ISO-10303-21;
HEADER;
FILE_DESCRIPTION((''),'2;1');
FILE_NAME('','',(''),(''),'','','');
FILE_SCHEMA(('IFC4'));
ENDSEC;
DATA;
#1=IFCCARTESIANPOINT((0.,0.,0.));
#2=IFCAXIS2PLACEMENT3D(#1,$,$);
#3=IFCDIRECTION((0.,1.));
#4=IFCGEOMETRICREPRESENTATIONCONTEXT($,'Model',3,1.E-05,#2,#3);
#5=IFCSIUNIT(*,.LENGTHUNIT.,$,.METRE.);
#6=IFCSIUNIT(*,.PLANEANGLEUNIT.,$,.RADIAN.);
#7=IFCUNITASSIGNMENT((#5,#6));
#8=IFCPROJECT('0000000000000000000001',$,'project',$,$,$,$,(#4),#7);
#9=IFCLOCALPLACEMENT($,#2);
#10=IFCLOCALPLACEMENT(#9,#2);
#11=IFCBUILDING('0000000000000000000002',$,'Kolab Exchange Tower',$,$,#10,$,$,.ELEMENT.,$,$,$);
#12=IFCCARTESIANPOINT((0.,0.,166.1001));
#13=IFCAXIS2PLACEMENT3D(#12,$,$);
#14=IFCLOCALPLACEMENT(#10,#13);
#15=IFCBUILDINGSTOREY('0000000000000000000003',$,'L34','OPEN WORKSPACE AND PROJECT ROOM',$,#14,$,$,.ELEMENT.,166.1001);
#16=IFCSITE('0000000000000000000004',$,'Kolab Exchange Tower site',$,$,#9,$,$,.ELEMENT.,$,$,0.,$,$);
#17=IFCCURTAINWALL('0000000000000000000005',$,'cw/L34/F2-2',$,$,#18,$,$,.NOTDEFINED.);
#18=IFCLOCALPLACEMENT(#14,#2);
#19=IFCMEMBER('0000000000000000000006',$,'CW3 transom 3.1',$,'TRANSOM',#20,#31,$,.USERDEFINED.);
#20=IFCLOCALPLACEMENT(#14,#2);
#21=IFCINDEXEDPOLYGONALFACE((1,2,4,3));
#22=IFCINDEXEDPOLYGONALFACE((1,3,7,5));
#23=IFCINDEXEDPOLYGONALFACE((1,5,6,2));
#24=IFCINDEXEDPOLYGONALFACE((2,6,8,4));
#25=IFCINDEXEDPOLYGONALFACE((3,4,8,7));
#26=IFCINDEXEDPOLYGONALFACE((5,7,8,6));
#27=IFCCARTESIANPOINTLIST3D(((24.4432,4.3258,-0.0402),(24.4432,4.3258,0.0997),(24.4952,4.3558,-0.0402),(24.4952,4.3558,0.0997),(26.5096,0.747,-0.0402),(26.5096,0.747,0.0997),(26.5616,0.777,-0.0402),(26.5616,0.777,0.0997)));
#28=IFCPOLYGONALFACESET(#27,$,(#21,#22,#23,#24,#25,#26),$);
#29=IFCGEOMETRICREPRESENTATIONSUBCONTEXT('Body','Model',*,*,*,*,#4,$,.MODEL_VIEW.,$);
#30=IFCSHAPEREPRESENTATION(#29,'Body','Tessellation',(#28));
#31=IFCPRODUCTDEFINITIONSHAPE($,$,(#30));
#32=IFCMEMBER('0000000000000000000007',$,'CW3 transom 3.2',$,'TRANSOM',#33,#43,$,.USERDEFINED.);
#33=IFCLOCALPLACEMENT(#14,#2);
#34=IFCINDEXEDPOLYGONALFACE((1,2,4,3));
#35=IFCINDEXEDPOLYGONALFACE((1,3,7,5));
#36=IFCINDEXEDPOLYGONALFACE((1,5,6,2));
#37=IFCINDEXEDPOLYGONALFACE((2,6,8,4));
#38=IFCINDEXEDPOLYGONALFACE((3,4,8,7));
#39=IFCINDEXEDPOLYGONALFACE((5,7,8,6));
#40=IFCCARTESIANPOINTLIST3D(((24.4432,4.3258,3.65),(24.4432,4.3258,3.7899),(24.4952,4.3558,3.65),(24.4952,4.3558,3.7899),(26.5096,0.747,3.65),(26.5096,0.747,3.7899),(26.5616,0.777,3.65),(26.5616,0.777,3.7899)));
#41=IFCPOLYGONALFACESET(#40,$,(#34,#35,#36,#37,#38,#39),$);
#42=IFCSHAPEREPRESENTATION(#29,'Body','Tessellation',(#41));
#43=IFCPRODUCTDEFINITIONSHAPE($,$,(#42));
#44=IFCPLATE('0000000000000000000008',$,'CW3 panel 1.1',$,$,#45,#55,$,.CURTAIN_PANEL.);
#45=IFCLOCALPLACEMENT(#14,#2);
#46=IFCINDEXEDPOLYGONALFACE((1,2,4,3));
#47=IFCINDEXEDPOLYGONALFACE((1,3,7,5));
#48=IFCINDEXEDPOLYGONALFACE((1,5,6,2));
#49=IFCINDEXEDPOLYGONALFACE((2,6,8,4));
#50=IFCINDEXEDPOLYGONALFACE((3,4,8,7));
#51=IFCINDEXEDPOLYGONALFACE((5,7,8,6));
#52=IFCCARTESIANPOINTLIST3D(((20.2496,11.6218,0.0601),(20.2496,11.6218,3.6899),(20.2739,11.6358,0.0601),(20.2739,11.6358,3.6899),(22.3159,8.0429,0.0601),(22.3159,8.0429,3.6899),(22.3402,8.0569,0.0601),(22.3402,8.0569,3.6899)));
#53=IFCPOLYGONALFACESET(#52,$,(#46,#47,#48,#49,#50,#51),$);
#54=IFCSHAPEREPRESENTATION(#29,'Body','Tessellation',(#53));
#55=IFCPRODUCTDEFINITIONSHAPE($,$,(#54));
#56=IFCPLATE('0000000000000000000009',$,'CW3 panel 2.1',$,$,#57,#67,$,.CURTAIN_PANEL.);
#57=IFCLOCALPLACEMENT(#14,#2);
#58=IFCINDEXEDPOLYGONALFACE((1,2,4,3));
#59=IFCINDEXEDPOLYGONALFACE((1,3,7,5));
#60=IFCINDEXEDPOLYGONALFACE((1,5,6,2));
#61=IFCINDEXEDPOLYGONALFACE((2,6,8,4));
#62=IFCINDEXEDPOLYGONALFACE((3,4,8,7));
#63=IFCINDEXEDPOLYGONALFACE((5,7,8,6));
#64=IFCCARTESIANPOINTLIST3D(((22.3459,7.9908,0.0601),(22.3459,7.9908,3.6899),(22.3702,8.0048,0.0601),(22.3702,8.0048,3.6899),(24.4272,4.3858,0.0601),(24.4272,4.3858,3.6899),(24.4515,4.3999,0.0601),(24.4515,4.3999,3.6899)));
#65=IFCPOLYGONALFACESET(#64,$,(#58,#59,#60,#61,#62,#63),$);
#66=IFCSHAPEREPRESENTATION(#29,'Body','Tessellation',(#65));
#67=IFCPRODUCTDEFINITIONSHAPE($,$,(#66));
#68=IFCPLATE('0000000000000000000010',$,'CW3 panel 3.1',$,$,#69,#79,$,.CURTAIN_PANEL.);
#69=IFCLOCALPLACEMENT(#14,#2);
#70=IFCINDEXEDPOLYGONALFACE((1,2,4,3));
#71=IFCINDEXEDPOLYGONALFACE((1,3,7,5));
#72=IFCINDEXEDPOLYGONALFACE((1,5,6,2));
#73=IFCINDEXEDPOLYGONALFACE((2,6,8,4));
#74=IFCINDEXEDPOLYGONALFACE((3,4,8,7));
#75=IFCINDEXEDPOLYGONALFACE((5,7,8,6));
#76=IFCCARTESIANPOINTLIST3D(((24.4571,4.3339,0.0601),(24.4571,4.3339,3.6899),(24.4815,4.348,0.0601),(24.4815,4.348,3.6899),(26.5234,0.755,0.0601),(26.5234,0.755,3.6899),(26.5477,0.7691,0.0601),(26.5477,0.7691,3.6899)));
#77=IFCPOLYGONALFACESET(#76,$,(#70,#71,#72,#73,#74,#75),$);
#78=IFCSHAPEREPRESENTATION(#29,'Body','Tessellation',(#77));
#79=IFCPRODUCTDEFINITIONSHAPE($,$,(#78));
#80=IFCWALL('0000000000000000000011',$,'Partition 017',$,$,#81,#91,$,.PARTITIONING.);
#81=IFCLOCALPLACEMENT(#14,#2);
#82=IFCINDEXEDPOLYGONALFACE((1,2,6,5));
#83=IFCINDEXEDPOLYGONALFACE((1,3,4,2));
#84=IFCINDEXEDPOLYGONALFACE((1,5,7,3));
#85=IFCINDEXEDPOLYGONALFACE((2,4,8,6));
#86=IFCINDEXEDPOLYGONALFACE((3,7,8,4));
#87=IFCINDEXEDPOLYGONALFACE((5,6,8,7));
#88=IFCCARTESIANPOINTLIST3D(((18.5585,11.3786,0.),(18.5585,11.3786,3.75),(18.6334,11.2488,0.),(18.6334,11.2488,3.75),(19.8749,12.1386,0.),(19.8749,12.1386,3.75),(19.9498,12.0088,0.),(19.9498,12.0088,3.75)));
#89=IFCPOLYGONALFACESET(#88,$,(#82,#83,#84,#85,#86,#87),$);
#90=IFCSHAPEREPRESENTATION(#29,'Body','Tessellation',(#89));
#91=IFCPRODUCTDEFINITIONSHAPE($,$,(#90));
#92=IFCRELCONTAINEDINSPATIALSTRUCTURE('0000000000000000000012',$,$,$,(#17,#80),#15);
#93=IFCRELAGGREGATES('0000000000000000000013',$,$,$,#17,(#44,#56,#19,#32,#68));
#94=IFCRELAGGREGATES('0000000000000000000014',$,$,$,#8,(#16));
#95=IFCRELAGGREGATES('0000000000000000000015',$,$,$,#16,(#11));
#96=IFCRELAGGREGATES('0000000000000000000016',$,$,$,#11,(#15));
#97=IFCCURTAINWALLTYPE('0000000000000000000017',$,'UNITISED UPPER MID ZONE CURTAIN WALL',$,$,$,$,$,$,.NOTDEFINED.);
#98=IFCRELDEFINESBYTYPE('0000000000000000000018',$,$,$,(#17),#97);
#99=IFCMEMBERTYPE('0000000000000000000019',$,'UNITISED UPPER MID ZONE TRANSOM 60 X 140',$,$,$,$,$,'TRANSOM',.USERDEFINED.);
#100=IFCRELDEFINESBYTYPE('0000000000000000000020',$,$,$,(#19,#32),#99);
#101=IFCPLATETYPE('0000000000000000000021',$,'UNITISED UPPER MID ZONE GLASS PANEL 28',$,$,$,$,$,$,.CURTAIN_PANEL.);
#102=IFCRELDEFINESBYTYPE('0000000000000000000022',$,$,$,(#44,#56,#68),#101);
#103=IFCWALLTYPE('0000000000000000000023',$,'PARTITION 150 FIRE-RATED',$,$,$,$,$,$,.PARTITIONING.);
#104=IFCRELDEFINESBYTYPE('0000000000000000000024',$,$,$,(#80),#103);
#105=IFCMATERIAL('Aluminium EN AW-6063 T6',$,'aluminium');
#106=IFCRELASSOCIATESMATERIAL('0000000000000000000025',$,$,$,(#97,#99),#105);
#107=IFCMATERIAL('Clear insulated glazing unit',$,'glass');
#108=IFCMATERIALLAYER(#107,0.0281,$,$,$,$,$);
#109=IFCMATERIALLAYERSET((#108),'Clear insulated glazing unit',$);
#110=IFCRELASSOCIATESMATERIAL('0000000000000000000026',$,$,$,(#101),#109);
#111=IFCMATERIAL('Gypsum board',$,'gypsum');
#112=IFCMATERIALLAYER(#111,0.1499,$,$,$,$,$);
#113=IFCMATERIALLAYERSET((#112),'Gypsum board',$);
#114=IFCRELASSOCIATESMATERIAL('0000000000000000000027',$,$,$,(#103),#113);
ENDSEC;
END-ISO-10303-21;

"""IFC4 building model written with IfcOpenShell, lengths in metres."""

from ifc_helpers import new_model, si_unit, direction, frame, frame_2d, origin, origin_2d, place, context, subcontext, project, spatial, rectangle, extrude, material, layer, layer_set, material_profile, profile_set, type_object, element, aggregate, save


model = new_model("IFC4")

# Units and contexts
model_context = context("Model", 3, precision=1e-05, world=origin(), true_north=direction((0.0, 1.0)))
body_context = subcontext(model_context, "Body", "Model", "MODEL_VIEW")
ifc_project = project(units=[si_unit("LENGTHUNIT", "METRE"), si_unit("PLANEANGLEUNIT", "RADIAN")], contexts=[model_context])

# Site, building, storey
site_placement = place(None, origin())
site = spatial("IfcSite", under=ifc_project, at=site_placement, Name="Kolab Exchange Tower site", CompositionType="ELEMENT", RefElevation=0.0)
building_placement = place(site_placement, origin())
building = spatial("IfcBuilding", under=site, at=building_placement, Name="Kolab Exchange Tower", CompositionType="ELEMENT")
storey_placement = place(building_placement, frame((0.0, 0.0, 166.1001)))
storey = spatial("IfcBuildingStorey", under=building, at=storey_placement, Name="L34", Description="OPEN WORKSPACE AND PROJECT ROOM", CompositionType="ELEMENT", Elevation=166.1001)

# Curtain wall
ifc_material_1 = material(Name="Aluminium EN AW-6063 T6", Category="aluminium")
curtain_wall_type = type_object("IfcCurtainWallType", Name="UNITISED UPPER MID ZONE CURTAIN WALL", PredefinedType="NOTDEFINED", material=ifc_material_1)
curtain_wall_1_placement = place(storey_placement, origin())
curtain_wall_1 = element("IfcCurtainWall", 1, at=curtain_wall_1_placement, inside=storey, type_object=curtain_wall_type, Name="cw/L34/F2-2", PredefinedType="NOTDEFINED")

# Members
ifc_material_profile_1 = material_profile(ifc_material_1, rectangle(XDim=0.0601, YDim=0.1399, at=origin_2d()), Name="RECT 60X140")
ifc_profile_set_1 = profile_set([ifc_material_profile_1], Name="Aluminium EN AW-6063 T6")
member_type_1 = type_object("IfcMemberType", Name="UNITISED UPPER MID ZONE TRANSOM 60 X 140", ElementType="TRANSOM", PredefinedType="USERDEFINED", material=ifc_profile_set_1)
member_1_placement = place(storey_placement, frame((24.4692, 4.3408, 0.0298), z_axis=(0.500028, -0.866009, 0.0), x_axis=(0.866009, 0.500028, 0.0)))
member_1 = element("IfcMember", 2, at=member_1_placement, type_object=member_type_1, Name="CW3 transom 3.1", ObjectType="TRANSOM", PredefinedType="USERDEFINED", context=body_context, shape_type="SweptSolid", body=[
    extrude(rectangle(XDim=0.0601, YDim=0.1399, at=origin_2d()), origin(), (0.0, 0.0, 1.0), 4.1326),
])
member_2_placement = place(storey_placement, frame((24.4692, 4.3408, 3.72), z_axis=(0.500028, -0.866009, 0.0), x_axis=(0.866009, 0.500028, 0.0)))
member_2 = element("IfcMember", 3, at=member_2_placement, type_object=member_type_1, Name="CW3 transom 3.2", ObjectType="TRANSOM", PredefinedType="USERDEFINED", context=body_context, shape_type="SweptSolid", body=[
    extrude(rectangle(XDim=0.0601, YDim=0.1399, at=origin_2d()), origin(), (0.0, 0.0, 1.0), 4.1326),
])

# Plates
ifc_material_2 = material(Name="Clear insulated glazing unit", Category="glass")
ifc_layer_1 = layer(ifc_material_2, 0.0281)
ifc_layer_set_1 = layer_set([ifc_layer_1], Name="Clear insulated glazing unit")
plate_type = type_object("IfcPlateType", Name="UNITISED UPPER MID ZONE GLASS PANEL 28", PredefinedType="CURTAIN_PANEL", material=ifc_layer_set_1)
plate_1_placement = place(storey_placement, frame((21.2949, 9.8394, 0.0601), z_axis=(0.0, 0.0, 1.0), x_axis=(0.5, -0.866025, 0.0)))
plate_1 = element("IfcPlate", 4, at=plate_1_placement, type_object=plate_type, Name="CW3 panel 1.1", PredefinedType="CURTAIN_PANEL", context=body_context, shape_type="SweptSolid", body=[
    extrude(rectangle(XDim=4.1326, YDim=0.0281, at=origin_2d()), origin(), (0.0, 0.0, 1.0), 3.6299),
])
plate_2_placement = place(storey_placement, frame((23.3987, 6.1953, 0.0601), z_axis=(0.0, 0.0, 1.0), x_axis=(0.5, -0.866025, 0.0)))
plate_2 = element("IfcPlate", 5, at=plate_2_placement, type_object=plate_type, Name="CW3 panel 2.1", PredefinedType="CURTAIN_PANEL", context=body_context, shape_type="SweptSolid", body=[
    extrude(rectangle(XDim=4.1626, YDim=0.0281, at=origin_2d()), origin(), (0.0, 0.0, 1.0), 3.6299),
])
plate_3_placement = place(storey_placement, frame((25.5024, 2.5515, 0.0601), z_axis=(0.0, 0.0, 1.0), x_axis=(0.5, -0.866025, 0.0)))
plate_3 = element("IfcPlate", 6, at=plate_3_placement, type_object=plate_type, Name="CW3 panel 3.1", PredefinedType="CURTAIN_PANEL", context=body_context, shape_type="SweptSolid", body=[
    extrude(rectangle(XDim=4.1326, YDim=0.0281, at=origin_2d()), origin(), (0.0, 0.0, 1.0), 3.6299),
])
aggregate(curtain_wall_1, [plate_1, plate_2, member_1, member_2, plate_3])

# Wall
ifc_material_3 = material(Name="Gypsum board", Category="gypsum")
ifc_layer_2 = layer(ifc_material_3, 0.1499)
ifc_layer_set_2 = layer_set([ifc_layer_2], Name="Gypsum board")
wall_type = type_object("IfcWallType", Name="PARTITION 150 FIRE-RATED", PredefinedType="PARTITIONING", material=ifc_layer_set_2)
wall_placement = place(storey_placement, frame((18.5959, 11.3137, 0.0), z_axis=(0.0, 0.0, 1.0), x_axis=(0.86603, 0.499991, 0.0)))
element("IfcWall", 7, at=wall_placement, inside=storey, type_object=wall_type, Name="Partition 017", PredefinedType="PARTITIONING", context=body_context, shape_type="SweptSolid", body=[
    extrude(rectangle(XDim=1.52, YDim=0.1499, at=frame_2d((0.76, 0.0))), origin(), (0.0, 0.0, 1.0), 3.75),
])

save(model, "model.ifc")
